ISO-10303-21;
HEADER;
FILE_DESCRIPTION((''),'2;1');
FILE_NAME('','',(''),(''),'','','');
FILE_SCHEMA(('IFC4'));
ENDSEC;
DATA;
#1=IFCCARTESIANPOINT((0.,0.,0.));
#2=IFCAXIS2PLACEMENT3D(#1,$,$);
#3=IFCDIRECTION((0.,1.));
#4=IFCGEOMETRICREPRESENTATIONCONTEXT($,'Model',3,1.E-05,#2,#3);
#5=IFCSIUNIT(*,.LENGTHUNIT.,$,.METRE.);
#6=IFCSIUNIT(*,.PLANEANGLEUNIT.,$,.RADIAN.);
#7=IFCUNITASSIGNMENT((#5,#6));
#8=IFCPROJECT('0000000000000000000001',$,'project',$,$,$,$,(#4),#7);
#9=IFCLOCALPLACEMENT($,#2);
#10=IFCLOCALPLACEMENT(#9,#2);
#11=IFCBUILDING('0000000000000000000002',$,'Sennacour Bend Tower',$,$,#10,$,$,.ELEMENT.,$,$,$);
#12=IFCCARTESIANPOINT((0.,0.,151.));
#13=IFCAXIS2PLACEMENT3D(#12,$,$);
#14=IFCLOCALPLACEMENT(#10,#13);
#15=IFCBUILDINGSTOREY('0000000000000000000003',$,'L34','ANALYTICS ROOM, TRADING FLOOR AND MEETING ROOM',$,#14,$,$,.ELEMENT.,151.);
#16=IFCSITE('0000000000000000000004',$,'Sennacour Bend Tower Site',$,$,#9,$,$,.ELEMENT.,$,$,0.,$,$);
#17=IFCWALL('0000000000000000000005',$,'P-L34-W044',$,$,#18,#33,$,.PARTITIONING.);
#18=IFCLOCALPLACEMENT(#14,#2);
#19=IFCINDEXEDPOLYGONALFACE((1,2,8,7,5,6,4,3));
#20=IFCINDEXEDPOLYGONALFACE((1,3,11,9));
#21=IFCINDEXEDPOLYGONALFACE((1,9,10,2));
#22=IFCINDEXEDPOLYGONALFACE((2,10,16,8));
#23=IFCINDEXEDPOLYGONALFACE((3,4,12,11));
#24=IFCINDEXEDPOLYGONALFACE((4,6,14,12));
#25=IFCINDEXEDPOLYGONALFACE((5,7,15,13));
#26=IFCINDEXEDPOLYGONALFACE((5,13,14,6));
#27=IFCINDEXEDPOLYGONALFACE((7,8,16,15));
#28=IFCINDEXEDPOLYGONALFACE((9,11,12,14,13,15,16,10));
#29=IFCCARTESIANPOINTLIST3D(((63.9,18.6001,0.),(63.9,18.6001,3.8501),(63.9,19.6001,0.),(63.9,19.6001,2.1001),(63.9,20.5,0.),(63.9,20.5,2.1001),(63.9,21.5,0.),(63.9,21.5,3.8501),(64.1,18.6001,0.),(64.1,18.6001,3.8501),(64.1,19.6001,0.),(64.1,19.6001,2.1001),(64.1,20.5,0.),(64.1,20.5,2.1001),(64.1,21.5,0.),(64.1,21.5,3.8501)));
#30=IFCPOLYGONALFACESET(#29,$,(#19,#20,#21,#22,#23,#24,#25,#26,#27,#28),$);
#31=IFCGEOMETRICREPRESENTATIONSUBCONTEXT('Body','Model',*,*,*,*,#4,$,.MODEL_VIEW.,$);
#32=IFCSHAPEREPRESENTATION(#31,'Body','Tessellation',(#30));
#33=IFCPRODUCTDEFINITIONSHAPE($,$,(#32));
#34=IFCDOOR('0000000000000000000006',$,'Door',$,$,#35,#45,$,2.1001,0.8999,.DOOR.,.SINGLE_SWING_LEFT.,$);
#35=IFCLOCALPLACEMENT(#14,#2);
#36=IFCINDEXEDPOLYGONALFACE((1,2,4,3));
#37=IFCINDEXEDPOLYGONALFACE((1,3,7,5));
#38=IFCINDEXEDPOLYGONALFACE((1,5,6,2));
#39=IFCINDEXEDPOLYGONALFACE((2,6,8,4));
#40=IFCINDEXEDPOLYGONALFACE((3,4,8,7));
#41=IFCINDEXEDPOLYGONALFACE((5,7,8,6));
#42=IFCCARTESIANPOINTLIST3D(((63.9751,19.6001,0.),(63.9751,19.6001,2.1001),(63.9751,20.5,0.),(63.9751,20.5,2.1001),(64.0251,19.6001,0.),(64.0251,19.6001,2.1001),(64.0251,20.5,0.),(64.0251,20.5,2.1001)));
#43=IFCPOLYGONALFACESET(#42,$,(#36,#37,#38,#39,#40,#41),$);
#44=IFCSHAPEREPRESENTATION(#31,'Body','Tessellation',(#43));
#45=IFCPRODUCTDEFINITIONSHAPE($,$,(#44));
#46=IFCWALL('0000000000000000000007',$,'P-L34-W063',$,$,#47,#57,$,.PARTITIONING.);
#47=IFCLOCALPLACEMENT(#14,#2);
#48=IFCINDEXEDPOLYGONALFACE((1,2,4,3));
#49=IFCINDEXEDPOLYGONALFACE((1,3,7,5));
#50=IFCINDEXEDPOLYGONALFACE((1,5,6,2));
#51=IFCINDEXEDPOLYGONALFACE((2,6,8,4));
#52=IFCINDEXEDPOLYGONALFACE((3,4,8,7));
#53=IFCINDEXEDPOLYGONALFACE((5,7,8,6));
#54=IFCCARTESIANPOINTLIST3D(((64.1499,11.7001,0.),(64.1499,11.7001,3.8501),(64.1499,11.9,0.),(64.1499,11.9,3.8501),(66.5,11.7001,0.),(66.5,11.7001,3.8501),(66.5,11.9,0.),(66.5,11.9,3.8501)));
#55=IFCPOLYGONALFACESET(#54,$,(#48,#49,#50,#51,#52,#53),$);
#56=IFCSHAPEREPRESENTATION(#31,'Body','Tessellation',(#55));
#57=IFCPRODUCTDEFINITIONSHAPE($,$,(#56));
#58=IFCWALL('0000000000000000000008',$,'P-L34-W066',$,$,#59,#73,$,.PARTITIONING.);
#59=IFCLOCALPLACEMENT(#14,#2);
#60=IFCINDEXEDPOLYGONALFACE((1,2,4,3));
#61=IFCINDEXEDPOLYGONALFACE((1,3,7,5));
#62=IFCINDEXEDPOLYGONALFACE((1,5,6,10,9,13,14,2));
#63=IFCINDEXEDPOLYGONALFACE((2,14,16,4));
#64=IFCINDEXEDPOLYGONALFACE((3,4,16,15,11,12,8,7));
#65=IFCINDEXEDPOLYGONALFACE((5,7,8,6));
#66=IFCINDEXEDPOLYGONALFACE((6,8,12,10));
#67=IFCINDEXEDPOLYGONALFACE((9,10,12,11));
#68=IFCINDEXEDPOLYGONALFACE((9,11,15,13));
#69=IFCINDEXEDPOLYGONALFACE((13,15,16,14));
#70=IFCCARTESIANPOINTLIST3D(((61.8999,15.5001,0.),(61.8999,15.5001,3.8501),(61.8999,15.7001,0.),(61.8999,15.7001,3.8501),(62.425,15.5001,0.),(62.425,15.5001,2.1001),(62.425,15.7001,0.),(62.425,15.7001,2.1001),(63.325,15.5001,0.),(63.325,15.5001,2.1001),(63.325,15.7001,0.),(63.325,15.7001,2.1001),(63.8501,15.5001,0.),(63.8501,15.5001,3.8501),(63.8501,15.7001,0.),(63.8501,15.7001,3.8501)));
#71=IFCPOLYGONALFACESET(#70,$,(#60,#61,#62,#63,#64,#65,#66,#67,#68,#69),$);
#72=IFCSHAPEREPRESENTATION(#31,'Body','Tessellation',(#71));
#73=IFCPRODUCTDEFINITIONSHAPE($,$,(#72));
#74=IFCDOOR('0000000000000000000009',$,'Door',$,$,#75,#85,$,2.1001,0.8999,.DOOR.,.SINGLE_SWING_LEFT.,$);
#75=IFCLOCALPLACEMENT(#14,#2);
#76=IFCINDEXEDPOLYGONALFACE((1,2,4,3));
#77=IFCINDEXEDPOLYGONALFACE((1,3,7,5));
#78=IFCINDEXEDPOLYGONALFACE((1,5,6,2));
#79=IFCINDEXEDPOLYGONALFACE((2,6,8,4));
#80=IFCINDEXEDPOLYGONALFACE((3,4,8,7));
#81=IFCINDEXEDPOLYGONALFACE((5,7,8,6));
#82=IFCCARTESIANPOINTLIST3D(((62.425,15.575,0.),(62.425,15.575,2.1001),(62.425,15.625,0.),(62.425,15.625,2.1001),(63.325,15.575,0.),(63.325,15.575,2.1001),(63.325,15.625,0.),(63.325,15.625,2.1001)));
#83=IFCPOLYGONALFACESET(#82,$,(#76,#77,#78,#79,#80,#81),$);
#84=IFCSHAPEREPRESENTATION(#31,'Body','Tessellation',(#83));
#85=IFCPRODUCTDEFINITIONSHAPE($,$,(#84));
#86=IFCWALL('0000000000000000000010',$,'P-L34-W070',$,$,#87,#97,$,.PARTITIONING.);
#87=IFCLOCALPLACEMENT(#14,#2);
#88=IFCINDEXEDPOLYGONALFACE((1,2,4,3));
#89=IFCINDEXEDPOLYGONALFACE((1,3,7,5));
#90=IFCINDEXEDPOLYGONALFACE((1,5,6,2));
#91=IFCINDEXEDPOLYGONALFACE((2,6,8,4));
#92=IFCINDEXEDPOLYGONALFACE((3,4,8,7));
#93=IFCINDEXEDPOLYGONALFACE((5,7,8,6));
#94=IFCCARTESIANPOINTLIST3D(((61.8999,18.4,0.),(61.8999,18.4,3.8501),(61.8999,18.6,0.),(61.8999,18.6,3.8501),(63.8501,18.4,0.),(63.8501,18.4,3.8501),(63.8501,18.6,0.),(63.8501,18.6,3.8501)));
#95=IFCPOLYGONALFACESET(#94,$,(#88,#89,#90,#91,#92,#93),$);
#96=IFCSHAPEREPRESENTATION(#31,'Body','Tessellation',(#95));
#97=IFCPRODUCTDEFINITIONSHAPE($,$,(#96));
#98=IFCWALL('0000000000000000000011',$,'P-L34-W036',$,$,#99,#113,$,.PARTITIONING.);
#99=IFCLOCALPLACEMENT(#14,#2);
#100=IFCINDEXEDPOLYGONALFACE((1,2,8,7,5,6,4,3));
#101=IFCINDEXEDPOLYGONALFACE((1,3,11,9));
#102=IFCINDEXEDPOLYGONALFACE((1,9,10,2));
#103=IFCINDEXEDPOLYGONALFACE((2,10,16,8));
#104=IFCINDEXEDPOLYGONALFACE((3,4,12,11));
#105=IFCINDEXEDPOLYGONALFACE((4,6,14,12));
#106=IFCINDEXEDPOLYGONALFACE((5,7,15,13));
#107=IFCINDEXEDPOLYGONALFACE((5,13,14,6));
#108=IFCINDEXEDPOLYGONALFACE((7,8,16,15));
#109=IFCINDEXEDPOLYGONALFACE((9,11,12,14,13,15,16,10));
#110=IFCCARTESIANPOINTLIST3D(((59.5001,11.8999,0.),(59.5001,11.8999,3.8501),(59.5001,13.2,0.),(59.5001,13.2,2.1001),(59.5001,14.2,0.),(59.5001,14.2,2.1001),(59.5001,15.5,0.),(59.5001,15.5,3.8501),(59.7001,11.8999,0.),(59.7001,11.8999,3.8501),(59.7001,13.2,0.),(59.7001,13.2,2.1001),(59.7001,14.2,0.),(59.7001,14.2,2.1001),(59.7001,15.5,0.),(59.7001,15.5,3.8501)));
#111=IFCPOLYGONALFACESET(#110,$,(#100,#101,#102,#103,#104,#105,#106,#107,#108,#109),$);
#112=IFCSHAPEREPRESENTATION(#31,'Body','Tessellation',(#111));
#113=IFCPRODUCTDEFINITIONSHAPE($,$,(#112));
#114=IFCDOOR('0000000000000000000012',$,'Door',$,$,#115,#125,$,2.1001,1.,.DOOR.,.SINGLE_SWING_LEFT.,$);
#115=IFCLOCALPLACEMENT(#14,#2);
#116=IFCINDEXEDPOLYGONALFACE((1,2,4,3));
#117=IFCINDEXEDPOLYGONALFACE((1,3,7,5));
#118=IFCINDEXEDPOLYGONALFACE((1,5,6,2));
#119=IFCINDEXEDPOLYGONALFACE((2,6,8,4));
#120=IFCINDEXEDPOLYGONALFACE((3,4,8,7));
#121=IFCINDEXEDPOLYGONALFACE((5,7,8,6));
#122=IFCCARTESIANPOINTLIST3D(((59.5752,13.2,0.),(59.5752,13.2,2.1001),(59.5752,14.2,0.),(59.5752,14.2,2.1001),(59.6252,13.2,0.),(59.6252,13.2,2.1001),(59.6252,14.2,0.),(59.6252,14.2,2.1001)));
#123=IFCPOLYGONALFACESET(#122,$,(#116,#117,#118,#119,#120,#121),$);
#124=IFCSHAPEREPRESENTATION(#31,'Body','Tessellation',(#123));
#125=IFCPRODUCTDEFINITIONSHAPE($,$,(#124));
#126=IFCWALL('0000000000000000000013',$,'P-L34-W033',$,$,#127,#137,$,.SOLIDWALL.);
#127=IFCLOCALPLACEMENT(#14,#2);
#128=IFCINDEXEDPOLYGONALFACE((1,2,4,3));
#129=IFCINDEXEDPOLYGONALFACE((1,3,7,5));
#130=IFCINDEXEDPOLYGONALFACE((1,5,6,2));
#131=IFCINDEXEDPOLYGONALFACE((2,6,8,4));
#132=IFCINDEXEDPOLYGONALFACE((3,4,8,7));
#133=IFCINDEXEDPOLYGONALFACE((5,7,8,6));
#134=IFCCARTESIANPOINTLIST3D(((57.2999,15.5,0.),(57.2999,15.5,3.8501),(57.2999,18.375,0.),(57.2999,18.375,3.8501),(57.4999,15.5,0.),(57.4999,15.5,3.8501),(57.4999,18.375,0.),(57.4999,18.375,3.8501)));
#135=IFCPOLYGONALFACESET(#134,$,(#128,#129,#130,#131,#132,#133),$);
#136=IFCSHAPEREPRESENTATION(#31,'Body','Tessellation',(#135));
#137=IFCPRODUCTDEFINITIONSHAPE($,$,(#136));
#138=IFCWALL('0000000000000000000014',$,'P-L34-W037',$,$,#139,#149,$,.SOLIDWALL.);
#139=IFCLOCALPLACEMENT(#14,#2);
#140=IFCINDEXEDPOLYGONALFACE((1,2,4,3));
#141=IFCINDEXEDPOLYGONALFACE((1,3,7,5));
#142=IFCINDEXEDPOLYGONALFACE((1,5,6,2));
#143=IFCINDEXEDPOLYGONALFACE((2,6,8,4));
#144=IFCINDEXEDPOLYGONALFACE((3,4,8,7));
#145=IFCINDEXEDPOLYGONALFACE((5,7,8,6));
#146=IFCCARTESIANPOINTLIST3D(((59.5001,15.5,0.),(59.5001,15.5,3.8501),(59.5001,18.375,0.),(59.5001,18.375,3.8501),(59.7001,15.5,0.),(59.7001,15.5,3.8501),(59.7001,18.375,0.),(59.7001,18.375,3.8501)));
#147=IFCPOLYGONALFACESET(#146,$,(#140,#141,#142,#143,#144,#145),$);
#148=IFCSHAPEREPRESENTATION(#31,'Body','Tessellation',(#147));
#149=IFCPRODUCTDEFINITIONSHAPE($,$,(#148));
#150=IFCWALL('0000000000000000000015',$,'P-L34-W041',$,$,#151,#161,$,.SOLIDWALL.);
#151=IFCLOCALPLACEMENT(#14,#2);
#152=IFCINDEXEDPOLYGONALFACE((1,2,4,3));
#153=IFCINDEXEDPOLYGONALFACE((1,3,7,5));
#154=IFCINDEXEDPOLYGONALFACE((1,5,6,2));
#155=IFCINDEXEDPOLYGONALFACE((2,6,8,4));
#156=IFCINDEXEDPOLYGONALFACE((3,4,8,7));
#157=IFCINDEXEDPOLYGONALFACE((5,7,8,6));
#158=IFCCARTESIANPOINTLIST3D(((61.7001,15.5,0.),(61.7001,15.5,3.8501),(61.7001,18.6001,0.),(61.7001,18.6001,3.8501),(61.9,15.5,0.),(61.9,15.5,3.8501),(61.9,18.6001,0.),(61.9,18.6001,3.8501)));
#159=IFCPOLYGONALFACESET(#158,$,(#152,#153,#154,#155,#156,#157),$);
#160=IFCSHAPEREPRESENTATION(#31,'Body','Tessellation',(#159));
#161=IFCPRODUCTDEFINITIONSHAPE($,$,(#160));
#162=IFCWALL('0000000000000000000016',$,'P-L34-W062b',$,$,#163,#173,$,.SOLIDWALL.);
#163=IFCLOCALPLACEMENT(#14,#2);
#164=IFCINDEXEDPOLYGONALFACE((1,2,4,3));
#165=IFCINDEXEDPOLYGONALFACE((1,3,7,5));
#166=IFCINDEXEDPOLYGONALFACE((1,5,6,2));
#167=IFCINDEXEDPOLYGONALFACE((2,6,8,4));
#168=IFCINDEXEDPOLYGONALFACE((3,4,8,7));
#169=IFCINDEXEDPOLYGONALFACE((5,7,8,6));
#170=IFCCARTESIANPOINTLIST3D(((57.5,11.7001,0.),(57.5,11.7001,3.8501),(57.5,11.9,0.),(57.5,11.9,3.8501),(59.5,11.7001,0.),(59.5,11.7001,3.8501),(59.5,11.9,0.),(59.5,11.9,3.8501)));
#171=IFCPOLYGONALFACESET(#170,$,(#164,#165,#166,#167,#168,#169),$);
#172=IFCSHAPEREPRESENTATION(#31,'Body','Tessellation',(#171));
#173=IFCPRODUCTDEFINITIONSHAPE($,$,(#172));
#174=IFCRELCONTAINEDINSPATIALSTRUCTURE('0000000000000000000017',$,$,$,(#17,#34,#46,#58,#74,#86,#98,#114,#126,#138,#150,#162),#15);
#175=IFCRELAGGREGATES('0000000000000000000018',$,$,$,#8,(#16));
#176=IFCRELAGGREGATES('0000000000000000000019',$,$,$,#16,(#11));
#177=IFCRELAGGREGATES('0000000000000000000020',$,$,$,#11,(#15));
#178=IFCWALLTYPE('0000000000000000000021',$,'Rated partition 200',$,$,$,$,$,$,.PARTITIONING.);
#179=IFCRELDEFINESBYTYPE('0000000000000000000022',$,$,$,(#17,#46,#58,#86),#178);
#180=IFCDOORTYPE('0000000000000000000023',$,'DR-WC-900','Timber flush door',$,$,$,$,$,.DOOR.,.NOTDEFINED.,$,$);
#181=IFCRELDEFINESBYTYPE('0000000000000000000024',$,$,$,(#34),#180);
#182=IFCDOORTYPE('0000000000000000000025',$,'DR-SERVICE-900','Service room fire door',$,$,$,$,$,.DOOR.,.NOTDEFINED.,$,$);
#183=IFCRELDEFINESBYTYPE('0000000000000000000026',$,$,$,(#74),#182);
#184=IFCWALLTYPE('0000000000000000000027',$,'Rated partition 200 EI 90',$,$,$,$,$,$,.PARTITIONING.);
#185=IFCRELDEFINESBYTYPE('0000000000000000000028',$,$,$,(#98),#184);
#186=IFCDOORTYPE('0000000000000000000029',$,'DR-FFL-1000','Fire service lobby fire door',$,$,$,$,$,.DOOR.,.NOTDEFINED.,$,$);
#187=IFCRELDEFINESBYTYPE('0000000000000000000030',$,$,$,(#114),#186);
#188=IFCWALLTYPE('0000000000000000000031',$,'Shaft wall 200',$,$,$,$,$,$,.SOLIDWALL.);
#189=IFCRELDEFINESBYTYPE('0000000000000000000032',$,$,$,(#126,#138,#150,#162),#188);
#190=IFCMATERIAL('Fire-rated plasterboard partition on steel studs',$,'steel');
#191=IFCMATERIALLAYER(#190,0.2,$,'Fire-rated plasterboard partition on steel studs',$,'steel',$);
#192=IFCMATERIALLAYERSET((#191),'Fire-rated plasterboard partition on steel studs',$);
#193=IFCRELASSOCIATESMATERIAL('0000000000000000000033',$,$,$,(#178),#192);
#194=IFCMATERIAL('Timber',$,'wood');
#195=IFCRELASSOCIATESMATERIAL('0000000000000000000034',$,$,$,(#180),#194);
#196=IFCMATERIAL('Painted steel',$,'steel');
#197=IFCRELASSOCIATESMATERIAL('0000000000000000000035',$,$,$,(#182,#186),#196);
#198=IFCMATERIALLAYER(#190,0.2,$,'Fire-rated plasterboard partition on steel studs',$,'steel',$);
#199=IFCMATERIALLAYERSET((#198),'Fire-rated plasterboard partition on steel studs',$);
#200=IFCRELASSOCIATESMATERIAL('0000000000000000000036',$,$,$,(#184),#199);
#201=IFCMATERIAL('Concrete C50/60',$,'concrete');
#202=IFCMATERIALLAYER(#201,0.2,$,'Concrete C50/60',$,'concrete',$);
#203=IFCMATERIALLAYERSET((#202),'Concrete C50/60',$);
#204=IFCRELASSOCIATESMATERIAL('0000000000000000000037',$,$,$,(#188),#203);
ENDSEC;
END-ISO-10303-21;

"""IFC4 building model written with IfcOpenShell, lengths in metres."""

from ifc_helpers import new_model, si_unit, direction, frame, frame_2d, origin, place, context, subcontext, project, spatial, rectangle, extrude, material, layer, layer_set, type_object, element, fill, save


model = new_model("IFC4")

# Units and contexts
model_context = context("Model", 3, precision=1e-05, world=origin(), true_north=direction((0.0, 1.0)))
body_context = subcontext(model_context, "Body", "Model", "MODEL_VIEW")
ifc_project = project(units=[si_unit("LENGTHUNIT", "METRE"), si_unit("PLANEANGLEUNIT", "RADIAN")], contexts=[model_context])

# Site, building, storey
site_placement = place(None, origin())
site = spatial("IfcSite", under=ifc_project, at=site_placement, Name="Sennacour Bend Tower Site", CompositionType="ELEMENT", RefElevation=0.0)
building_placement = place(site_placement, origin())
building = spatial("IfcBuilding", under=site, at=building_placement, Name="Sennacour Bend Tower", CompositionType="ELEMENT")
storey_placement = place(building_placement, frame((0.0, 0.0, 151.0)))
storey = spatial("IfcBuildingStorey", under=building, at=storey_placement, Name="L34", Description="ANALYTICS ROOM, TRADING FLOOR AND MEETING ROOM", CompositionType="ELEMENT", Elevation=151.0)

# Wall, opening, door
ifc_material_1 = material(Name="Fire-rated plasterboard partition on steel studs", Category="steel")
ifc_layer_1 = layer(ifc_material_1, 0.2, Name="Fire-rated plasterboard partition on steel studs", Category="steel")
ifc_layer_set_1 = layer_set([ifc_layer_1], Name="Fire-rated plasterboard partition on steel studs")
wall_type_1 = type_object("IfcWallType", Name="Rated partition 200", PredefinedType="PARTITIONING", material=ifc_layer_set_1)
wall_1_placement = place(storey_placement, frame((64.0, 18.6001, 0.0), z_axis=(0.0, 0.0, 1.0), x_axis=(0.0, 1.0, 0.0)))
wall_1 = element("IfcWall", 1, at=wall_1_placement, inside=storey, type_object=wall_type_1, Name="P-L34-W044", PredefinedType="PARTITIONING", context=body_context, shape_type="SweptSolid", body=[
    extrude(rectangle(XDim=2.8999, YDim=0.2, at=frame_2d((1.45, 0.0))), origin(), (0.0, 0.0, 1.0), 3.8501),
])
opening_1_placement = place(wall_1_placement, frame((1.0, 0.0, 0.0)))
opening_1 = element("IfcOpeningElement", 2, at=opening_1_placement, cuts=wall_1, PredefinedType="OPENING", context=body_context, shape_type="SweptSolid", body=[
    extrude(rectangle(XDim=0.8999, YDim=2.1001, at=frame_2d((0.45, 1.05))), frame((0.0, 0.1099, 0.0), z_axis=(0.0, -1.0, 0.0), x_axis=(1.0, 0.0, 0.0)), (0.0, 0.0, 1.0), 0.22),
])
ifc_material_2 = material(Name="Timber", Category="wood")
door_type_1 = type_object("IfcDoorType", Name="DR-WC-900", Description="Timber flush door", OperationType="NOTDEFINED", PredefinedType="DOOR", material=ifc_material_2)
door_1_placement = place(opening_1_placement, origin())
door_1 = element("IfcDoor", 3, at=door_1_placement, inside=storey, type_object=door_type_1, Name="Door", OperationType="SINGLE_SWING_LEFT", OverallHeight=2.1001, OverallWidth=0.8999, PredefinedType="DOOR", context=body_context, shape_type="SweptSolid", body=[
    extrude(rectangle(XDim=0.8999, YDim=2.1001, at=frame_2d((0.45, 1.05))), frame((0.0, 0.0249, 0.0), z_axis=(0.0, -1.0, 0.0), x_axis=(1.0, 0.0, 0.0)), (0.0, 0.0, 1.0), 0.05),
])
fill(opening_1, door_1)

# Wall
wall_2_placement = place(storey_placement, frame((64.1499, 11.8, 0.0), z_axis=(0.0, 0.0, 1.0), x_axis=(1.0, 0.0, 0.0)))
element("IfcWall", 4, at=wall_2_placement, inside=storey, type_object=wall_type_1, Name="P-L34-W063", PredefinedType="PARTITIONING", context=body_context, shape_type="SweptSolid", body=[
    extrude(rectangle(XDim=2.3501, YDim=0.2, at=frame_2d((1.175, 0.0))), origin(), (0.0, 0.0, 1.0), 3.8501),
])

# Wall, opening, door
wall_3_placement = place(storey_placement, frame((61.8999, 15.6001, 0.0), z_axis=(0.0, 0.0, 1.0), x_axis=(1.0, 0.0, 0.0)))
wall_3 = element("IfcWall", 5, at=wall_3_placement, inside=storey, type_object=wall_type_1, Name="P-L34-W066", PredefinedType="PARTITIONING", context=body_context, shape_type="SweptSolid", body=[
    extrude(rectangle(XDim=1.9502, YDim=0.2, at=frame_2d((0.9751, 0.0))), origin(), (0.0, 0.0, 1.0), 3.8501),
])
opening_2_placement = place(wall_3_placement, frame((0.5251, 0.0, 0.0)))
opening_2 = element("IfcOpeningElement", 6, at=opening_2_placement, cuts=wall_3, PredefinedType="OPENING", context=body_context, shape_type="SweptSolid", body=[
    extrude(rectangle(XDim=0.8999, YDim=2.1001, at=frame_2d((0.45, 1.05))), frame((0.0, 0.1099, 0.0), z_axis=(0.0, -1.0, 0.0), x_axis=(1.0, 0.0, 0.0)), (0.0, 0.0, 1.0), 0.22),
])
ifc_material_3 = material(Name="Painted steel", Category="steel")
door_type_2 = type_object("IfcDoorType", Name="DR-SERVICE-900", Description="Service room fire door", OperationType="NOTDEFINED", PredefinedType="DOOR", material=ifc_material_3)
door_2_placement = place(opening_2_placement, origin())
door_2 = element("IfcDoor", 7, at=door_2_placement, inside=storey, type_object=door_type_2, Name="Door", OperationType="SINGLE_SWING_LEFT", OverallHeight=2.1001, OverallWidth=0.8999, PredefinedType="DOOR", context=body_context, shape_type="SweptSolid", body=[
    extrude(rectangle(XDim=0.8999, YDim=2.1001, at=frame_2d((0.45, 1.05))), frame((0.0, 0.0249, 0.0), z_axis=(0.0, -1.0, 0.0), x_axis=(1.0, 0.0, 0.0)), (0.0, 0.0, 1.0), 0.05),
])
fill(opening_2, door_2)

# Wall
wall_4_placement = place(storey_placement, frame((61.8999, 18.5, 0.0), z_axis=(0.0, 0.0, 1.0), x_axis=(1.0, 0.0, 0.0)))
element("IfcWall", 8, at=wall_4_placement, inside=storey, type_object=wall_type_1, Name="P-L34-W070", PredefinedType="PARTITIONING", context=body_context, shape_type="SweptSolid", body=[
    extrude(rectangle(XDim=1.9502, YDim=0.2, at=frame_2d((0.9751, 0.0))), origin(), (0.0, 0.0, 1.0), 3.8501),
])

# Wall, opening, door
ifc_layer_2 = layer(ifc_material_1, 0.2, Name="Fire-rated plasterboard partition on steel studs", Category="steel")
ifc_layer_set_2 = layer_set([ifc_layer_2], Name="Fire-rated plasterboard partition on steel studs")
wall_type_2 = type_object("IfcWallType", Name="Rated partition 200 EI 90", PredefinedType="PARTITIONING", material=ifc_layer_set_2)
wall_5_placement = place(storey_placement, frame((59.6001, 11.8999, 0.0), z_axis=(0.0, 0.0, 1.0), x_axis=(0.0, 1.0, 0.0)))
wall_5 = element("IfcWall", 9, at=wall_5_placement, inside=storey, type_object=wall_type_2, Name="P-L34-W036", PredefinedType="PARTITIONING", context=body_context, shape_type="SweptSolid", body=[
    extrude(rectangle(XDim=3.6001, YDim=0.2, at=frame_2d((1.8, 0.0))), origin(), (0.0, 0.0, 1.0), 3.8501),
])
opening_3_placement = place(wall_5_placement, frame((1.3, 0.0, 0.0)))
opening_3 = element("IfcOpeningElement", 10, at=opening_3_placement, cuts=wall_5, PredefinedType="OPENING", context=body_context, shape_type="SweptSolid", body=[
    extrude(rectangle(XDim=1.0, YDim=2.1001, at=frame_2d((0.5, 1.05))), frame((0.0, 0.1099, 0.0), z_axis=(0.0, -1.0, 0.0), x_axis=(1.0, 0.0, 0.0)), (0.0, 0.0, 1.0), 0.22),
])
door_type_3 = type_object("IfcDoorType", Name="DR-FFL-1000", Description="Fire service lobby fire door", OperationType="NOTDEFINED", PredefinedType="DOOR", material=ifc_material_3)
door_3_placement = place(opening_3_placement, origin())
door_3 = element("IfcDoor", 11, at=door_3_placement, inside=storey, type_object=door_type_3, Name="Door", OperationType="SINGLE_SWING_LEFT", OverallHeight=2.1001, OverallWidth=1.0, PredefinedType="DOOR", context=body_context, shape_type="SweptSolid", body=[
    extrude(rectangle(XDim=1.0, YDim=2.1001, at=frame_2d((0.5, 1.05))), frame((0.0, 0.0249, 0.0), z_axis=(0.0, -1.0, 0.0), x_axis=(1.0, 0.0, 0.0)), (0.0, 0.0, 1.0), 0.05),
])
fill(opening_3, door_3)

# Walls
ifc_material_4 = material(Name="Concrete C50/60", Category="concrete")
ifc_layer_3 = layer(ifc_material_4, 0.2, Name="Concrete C50/60", Category="concrete")
ifc_layer_set_3 = layer_set([ifc_layer_3], Name="Concrete C50/60")
wall_type_3 = type_object("IfcWallType", Name="Shaft wall 200", PredefinedType="SOLIDWALL", material=ifc_layer_set_3)
for number, where, z_axis, x_axis, name in (
    (12, (57.3999, 15.5, 0.0), (0.0, 0.0, 1.0), (0.0, 1.0, 0.0), "P-L34-W033"),
    (13, (59.6001, 15.5, 0.0), (0.0, 0.0, 1.0), (0.0, 1.0, 0.0), "P-L34-W037"),
):
    element("IfcWall", number, at=place(storey_placement, frame(where, z_axis=z_axis, x_axis=x_axis)), inside=storey, type_object=wall_type_3, Name=name, PredefinedType="SOLIDWALL", context=body_context, shape_type="SweptSolid", body=[
        extrude(rectangle(XDim=2.875, YDim=0.2, at=frame_2d((1.4375, 0.0))), origin(), (0.0, 0.0, 1.0), 3.8501),
    ])
wall_6_placement = place(storey_placement, frame((61.8, 15.5, 0.0), z_axis=(0.0, 0.0, 1.0), x_axis=(0.0, 1.0, 0.0)))
element("IfcWall", 14, at=wall_6_placement, inside=storey, type_object=wall_type_3, Name="P-L34-W041", PredefinedType="SOLIDWALL", context=body_context, shape_type="SweptSolid", body=[
    extrude(rectangle(XDim=3.1001, YDim=0.2, at=frame_2d((1.55, 0.0))), origin(), (0.0, 0.0, 1.0), 3.8501),
])
for number, where, z_axis, x_axis, name in (
    (15, (57.5, 11.8, 0.0), (0.0, 0.0, 1.0), (1.0, 0.0, 0.0), "P-L34-W062b"),
):
    element("IfcWall", number, at=place(storey_placement, frame(where, z_axis=z_axis, x_axis=x_axis)), inside=storey, type_object=wall_type_3, Name=name, PredefinedType="SOLIDWALL", context=body_context, shape_type="SweptSolid", body=[
        extrude(rectangle(XDim=2.0, YDim=0.2, at=frame_2d((1.0, 0.0))), origin(), (0.0, 0.0, 1.0), 3.8501),
    ])

save(model, "model.ifc")
